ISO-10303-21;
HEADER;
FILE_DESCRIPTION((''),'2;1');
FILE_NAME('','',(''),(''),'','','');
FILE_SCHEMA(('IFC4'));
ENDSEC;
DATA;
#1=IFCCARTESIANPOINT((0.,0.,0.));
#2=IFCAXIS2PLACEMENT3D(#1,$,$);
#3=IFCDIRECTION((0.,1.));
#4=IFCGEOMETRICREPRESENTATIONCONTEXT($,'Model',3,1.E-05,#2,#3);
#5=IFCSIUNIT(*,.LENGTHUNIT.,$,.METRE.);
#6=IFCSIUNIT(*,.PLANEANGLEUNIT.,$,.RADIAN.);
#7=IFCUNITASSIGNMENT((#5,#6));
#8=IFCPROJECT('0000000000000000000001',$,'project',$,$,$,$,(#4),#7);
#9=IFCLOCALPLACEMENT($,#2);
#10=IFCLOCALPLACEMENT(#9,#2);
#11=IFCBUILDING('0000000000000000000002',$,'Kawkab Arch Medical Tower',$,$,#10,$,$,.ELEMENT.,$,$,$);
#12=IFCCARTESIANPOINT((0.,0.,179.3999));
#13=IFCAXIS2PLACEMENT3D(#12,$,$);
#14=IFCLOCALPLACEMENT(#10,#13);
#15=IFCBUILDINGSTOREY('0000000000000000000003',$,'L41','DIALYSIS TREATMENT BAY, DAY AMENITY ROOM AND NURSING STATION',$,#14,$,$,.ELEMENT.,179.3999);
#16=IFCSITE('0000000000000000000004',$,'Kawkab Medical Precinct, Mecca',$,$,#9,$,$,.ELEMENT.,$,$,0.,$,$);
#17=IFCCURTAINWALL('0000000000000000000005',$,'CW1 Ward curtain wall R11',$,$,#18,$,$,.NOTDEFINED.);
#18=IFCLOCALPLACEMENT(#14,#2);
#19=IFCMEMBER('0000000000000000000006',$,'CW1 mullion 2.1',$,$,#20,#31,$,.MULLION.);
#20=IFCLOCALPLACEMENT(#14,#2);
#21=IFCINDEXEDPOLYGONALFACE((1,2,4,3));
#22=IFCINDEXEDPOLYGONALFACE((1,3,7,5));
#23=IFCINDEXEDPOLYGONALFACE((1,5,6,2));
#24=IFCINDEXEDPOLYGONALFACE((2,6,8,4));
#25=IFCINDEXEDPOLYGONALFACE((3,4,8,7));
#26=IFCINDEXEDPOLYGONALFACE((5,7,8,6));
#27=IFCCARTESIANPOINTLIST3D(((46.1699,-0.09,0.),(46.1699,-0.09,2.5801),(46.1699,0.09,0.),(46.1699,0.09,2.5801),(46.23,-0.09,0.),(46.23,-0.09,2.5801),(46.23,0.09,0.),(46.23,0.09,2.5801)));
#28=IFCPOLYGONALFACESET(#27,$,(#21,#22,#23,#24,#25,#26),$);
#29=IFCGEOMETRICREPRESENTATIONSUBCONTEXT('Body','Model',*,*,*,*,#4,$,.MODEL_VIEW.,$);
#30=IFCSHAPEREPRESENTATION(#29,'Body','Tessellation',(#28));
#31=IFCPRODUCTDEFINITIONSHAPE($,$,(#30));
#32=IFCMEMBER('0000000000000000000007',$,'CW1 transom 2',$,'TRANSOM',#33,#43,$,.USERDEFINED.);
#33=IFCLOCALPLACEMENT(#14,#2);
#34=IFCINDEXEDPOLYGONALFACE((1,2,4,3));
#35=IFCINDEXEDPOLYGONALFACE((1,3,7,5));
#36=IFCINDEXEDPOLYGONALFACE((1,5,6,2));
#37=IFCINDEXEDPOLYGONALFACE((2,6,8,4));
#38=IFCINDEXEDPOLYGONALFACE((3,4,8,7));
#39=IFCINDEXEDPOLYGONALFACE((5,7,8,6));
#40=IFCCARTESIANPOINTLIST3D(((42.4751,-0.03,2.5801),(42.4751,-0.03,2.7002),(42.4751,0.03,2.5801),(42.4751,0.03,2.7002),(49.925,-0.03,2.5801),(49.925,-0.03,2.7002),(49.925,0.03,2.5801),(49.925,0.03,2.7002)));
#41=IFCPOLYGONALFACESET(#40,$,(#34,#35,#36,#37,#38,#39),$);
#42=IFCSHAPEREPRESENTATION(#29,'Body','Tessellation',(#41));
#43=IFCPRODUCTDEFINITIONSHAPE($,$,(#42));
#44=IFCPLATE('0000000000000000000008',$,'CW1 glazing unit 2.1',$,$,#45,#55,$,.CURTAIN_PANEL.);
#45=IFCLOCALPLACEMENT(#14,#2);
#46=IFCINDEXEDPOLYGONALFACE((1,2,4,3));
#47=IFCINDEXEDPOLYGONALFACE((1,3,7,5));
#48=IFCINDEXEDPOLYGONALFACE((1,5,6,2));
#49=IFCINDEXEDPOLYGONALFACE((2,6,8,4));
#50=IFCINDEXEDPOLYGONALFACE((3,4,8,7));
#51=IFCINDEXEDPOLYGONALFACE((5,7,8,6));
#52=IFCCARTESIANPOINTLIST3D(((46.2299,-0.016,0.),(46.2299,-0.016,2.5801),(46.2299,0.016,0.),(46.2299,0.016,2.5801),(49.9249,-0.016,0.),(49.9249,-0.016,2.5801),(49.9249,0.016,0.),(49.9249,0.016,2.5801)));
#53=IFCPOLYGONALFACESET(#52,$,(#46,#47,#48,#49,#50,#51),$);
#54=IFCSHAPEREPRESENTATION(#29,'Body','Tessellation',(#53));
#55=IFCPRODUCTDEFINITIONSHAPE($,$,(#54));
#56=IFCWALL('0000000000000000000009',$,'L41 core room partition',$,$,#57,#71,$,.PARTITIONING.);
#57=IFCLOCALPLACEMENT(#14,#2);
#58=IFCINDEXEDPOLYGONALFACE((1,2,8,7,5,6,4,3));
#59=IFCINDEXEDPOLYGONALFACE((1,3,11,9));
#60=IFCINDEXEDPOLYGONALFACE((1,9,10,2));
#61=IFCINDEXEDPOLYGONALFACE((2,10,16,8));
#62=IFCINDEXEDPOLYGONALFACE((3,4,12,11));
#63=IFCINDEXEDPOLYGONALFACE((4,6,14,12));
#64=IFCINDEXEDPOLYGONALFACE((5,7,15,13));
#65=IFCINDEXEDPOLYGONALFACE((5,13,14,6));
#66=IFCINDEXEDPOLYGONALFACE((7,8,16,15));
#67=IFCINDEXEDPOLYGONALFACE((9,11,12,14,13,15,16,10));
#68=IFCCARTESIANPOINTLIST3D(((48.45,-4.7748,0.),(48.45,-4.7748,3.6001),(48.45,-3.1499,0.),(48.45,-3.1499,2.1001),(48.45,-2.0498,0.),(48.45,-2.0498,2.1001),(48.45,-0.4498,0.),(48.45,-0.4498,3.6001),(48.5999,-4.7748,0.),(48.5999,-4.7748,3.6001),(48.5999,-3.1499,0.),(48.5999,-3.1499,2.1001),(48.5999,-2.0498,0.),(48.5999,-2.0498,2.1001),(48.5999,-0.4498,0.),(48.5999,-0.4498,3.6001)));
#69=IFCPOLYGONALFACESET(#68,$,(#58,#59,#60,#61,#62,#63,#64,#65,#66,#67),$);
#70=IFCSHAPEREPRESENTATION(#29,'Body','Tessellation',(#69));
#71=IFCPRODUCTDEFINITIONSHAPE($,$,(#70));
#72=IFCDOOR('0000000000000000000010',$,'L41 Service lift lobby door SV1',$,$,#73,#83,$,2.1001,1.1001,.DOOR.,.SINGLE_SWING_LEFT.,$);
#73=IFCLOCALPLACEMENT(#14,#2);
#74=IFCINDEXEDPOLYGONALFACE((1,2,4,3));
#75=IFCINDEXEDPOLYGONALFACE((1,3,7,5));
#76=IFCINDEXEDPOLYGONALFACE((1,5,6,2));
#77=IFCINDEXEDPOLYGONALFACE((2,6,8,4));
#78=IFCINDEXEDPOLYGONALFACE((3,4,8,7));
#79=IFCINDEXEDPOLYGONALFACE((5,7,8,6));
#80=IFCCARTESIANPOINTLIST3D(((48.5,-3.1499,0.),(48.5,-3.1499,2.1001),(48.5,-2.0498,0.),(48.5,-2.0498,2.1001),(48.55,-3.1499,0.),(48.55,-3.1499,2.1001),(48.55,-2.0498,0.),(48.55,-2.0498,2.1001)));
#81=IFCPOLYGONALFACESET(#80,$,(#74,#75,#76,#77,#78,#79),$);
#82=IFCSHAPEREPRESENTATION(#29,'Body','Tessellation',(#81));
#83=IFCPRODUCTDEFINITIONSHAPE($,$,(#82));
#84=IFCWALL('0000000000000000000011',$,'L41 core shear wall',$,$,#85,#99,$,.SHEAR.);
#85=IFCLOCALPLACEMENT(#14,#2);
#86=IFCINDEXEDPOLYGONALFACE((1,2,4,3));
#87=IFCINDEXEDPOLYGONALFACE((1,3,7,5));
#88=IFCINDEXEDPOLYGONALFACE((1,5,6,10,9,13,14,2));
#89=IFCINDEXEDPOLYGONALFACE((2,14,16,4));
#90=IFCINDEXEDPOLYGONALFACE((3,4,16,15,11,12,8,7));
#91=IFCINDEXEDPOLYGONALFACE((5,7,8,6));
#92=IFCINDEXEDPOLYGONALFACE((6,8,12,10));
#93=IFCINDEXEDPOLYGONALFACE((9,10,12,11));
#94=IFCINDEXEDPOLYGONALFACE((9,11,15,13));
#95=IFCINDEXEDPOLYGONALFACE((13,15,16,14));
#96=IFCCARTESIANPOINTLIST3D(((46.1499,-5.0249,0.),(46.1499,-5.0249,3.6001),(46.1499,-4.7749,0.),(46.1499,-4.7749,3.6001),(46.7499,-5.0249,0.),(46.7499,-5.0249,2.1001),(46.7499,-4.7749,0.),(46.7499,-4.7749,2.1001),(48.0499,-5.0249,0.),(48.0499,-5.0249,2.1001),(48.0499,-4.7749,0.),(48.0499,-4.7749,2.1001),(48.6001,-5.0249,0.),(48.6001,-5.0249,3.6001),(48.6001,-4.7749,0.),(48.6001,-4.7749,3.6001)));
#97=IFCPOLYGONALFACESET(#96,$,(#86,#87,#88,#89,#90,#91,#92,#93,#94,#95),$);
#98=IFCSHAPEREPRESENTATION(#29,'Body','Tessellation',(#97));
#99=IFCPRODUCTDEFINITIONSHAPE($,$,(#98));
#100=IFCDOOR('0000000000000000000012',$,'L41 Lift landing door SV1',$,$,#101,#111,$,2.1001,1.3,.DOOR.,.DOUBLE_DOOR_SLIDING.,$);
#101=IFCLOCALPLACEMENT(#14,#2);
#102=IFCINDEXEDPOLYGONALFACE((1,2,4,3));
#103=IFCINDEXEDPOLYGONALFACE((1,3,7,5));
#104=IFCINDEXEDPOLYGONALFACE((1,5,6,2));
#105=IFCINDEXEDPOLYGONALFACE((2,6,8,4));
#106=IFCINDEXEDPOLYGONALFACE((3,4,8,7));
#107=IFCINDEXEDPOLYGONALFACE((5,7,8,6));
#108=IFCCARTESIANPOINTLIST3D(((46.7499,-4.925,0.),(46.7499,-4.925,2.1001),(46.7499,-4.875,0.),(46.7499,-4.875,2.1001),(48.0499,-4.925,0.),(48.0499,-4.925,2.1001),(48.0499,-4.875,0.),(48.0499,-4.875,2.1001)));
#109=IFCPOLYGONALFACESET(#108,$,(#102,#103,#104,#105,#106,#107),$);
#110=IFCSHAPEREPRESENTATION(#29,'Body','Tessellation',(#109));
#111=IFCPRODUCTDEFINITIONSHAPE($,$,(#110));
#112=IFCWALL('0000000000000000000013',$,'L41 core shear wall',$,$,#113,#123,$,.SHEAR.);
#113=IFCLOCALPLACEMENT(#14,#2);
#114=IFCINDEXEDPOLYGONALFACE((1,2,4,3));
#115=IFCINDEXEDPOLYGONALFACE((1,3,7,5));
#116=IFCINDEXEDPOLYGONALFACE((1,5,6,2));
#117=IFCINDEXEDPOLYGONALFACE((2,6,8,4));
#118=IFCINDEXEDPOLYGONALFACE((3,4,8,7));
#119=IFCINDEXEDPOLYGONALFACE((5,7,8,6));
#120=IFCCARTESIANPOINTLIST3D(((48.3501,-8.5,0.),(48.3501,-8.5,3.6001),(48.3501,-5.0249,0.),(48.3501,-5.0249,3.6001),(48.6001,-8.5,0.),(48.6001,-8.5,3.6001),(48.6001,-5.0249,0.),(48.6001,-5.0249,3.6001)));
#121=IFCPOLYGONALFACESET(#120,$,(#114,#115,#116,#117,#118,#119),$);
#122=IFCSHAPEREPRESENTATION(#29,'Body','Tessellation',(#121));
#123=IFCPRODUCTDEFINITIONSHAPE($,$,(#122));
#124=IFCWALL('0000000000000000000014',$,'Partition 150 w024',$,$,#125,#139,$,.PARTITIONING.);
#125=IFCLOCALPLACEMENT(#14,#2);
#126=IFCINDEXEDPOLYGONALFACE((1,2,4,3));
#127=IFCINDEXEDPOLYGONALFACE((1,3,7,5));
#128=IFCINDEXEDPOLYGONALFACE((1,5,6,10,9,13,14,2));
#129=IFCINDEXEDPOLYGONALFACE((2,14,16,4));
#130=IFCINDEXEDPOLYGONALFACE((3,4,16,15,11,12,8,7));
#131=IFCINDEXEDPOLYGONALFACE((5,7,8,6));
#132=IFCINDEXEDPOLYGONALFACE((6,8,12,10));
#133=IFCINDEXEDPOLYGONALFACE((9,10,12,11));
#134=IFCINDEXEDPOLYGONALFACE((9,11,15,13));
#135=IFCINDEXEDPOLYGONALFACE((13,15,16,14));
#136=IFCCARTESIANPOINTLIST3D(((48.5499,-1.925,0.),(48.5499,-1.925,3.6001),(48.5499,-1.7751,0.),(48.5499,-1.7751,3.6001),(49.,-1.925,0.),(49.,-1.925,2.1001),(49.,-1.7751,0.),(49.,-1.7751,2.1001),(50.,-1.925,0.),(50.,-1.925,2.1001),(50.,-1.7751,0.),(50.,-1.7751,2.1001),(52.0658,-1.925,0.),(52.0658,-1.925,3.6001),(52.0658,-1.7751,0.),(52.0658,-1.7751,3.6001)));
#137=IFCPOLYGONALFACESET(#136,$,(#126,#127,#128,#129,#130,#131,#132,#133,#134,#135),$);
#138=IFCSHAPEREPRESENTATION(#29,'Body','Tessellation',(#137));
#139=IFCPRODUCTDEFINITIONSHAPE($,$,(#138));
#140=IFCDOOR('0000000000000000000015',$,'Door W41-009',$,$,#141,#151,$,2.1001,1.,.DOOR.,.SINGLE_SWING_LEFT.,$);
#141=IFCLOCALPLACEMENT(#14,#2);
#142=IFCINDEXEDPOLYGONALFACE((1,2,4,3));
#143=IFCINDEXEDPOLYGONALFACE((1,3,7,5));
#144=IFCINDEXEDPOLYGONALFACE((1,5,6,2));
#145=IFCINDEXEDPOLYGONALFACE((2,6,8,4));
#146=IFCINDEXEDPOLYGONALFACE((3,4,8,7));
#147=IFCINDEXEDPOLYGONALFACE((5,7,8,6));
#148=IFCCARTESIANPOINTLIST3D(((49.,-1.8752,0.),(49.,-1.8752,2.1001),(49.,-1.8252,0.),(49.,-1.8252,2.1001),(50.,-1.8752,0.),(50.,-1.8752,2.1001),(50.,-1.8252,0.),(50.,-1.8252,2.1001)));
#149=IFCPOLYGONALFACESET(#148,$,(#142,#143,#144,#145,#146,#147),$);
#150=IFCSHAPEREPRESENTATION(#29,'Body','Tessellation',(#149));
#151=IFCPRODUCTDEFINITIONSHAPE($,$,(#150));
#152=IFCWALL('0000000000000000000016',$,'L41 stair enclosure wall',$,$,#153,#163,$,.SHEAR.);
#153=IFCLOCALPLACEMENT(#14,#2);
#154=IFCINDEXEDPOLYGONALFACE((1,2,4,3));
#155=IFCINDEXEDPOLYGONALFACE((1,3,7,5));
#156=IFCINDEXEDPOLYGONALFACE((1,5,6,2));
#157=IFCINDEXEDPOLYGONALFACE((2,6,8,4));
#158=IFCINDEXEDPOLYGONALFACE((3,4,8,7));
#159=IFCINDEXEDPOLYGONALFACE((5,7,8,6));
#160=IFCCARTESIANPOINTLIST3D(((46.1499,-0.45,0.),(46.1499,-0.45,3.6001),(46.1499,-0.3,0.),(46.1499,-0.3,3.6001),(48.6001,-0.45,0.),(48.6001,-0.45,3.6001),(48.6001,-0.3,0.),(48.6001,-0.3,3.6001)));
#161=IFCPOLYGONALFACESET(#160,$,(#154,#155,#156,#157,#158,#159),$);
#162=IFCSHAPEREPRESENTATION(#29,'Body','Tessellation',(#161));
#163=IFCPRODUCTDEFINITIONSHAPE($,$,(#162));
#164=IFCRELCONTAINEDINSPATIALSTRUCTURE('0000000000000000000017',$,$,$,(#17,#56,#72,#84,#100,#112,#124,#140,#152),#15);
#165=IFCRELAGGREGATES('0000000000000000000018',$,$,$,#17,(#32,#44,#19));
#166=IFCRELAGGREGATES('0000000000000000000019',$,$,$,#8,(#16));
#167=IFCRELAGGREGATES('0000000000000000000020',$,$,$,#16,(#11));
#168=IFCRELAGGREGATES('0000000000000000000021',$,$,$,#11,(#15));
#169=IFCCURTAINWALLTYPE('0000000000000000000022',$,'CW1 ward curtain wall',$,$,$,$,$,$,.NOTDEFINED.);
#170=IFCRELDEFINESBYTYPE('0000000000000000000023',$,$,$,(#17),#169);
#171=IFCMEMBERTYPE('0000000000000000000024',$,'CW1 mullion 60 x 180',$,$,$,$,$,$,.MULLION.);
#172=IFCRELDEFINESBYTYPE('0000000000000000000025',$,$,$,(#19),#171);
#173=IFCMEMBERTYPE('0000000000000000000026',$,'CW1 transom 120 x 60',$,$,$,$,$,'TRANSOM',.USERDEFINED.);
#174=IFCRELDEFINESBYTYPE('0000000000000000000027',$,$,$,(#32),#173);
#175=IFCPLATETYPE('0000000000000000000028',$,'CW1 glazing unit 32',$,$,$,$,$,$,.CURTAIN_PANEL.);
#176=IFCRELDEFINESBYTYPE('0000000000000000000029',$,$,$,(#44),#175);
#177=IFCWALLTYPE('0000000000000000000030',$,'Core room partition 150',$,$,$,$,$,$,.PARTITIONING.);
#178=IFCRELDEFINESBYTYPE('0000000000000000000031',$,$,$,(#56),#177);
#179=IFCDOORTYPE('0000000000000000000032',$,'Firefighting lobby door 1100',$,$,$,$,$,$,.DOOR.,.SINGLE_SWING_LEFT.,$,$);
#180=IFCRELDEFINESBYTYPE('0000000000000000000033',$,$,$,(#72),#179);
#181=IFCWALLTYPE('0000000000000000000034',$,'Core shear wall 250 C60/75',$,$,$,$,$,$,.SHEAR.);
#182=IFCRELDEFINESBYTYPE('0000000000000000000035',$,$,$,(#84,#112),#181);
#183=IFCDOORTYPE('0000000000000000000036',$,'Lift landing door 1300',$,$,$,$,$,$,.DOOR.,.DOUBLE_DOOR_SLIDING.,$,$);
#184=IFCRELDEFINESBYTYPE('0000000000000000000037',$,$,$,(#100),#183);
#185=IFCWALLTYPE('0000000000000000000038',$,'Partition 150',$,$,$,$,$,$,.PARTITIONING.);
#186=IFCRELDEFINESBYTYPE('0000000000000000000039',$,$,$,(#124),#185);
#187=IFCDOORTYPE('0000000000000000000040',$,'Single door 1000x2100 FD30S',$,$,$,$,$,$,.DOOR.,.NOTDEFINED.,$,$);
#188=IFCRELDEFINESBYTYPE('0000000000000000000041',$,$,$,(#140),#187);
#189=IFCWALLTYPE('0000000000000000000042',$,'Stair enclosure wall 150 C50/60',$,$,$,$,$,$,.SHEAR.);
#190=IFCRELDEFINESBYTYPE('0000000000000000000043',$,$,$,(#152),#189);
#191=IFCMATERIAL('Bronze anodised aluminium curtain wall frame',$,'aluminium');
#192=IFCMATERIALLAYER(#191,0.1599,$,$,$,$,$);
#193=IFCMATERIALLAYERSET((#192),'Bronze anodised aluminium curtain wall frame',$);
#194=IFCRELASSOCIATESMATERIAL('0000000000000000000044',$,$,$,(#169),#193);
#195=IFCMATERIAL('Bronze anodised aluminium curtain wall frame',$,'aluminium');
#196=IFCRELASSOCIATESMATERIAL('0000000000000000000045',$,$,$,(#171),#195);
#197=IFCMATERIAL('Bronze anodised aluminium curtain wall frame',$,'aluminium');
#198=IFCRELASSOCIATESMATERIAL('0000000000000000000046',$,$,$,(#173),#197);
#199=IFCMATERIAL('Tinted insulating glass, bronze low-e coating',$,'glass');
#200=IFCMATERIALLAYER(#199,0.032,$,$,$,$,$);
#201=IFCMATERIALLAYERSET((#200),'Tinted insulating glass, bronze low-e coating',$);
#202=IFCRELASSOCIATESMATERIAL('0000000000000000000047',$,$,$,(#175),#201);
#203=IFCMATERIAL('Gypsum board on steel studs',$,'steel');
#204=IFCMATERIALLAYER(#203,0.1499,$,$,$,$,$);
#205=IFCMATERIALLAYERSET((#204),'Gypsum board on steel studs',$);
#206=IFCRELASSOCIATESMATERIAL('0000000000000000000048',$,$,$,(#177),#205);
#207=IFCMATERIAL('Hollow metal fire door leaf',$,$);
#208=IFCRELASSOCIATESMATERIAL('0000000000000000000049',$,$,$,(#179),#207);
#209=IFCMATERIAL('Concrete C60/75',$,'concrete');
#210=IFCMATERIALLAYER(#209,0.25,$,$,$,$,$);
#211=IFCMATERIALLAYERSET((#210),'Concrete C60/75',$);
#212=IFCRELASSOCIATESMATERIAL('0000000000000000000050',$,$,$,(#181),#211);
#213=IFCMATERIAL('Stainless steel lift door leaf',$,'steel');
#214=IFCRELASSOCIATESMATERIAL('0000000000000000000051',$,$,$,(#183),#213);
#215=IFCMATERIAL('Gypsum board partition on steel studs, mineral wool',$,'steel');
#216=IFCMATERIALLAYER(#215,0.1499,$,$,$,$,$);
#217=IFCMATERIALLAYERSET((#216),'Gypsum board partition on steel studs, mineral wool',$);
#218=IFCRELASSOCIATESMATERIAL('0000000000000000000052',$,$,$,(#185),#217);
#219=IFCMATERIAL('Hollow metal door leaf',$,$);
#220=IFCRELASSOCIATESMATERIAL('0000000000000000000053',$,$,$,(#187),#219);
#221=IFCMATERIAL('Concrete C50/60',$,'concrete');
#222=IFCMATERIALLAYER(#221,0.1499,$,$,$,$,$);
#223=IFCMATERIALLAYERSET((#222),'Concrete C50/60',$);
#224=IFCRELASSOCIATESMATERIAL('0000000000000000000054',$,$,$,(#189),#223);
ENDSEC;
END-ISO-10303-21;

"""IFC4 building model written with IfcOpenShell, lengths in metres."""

from ifc_helpers import new_model, si_unit, direction, frame, frame_2d, origin, origin_2d, place, context, subcontext, project, spatial, rectangle, extrude, material, layer, layer_set, material_profile, profile_set, type_object, element, fill, aggregate, save


model = new_model("IFC4")

# Units and contexts
model_context = context("Model", 3, precision=1e-05, world=origin(), true_north=direction((0.0, 1.0)))
body_context = subcontext(model_context, "Body", "Model", "MODEL_VIEW")
ifc_project = project(units=[si_unit("LENGTHUNIT", "METRE"), si_unit("PLANEANGLEUNIT", "RADIAN")], contexts=[model_context])

# Site, building, storey
site_placement = place(None, origin())
site = spatial("IfcSite", under=ifc_project, at=site_placement, Name="Kawkab Medical Precinct, Mecca", CompositionType="ELEMENT", RefElevation=0.0)
building_placement = place(site_placement, origin())
building = spatial("IfcBuilding", under=site, at=building_placement, Name="Kawkab Arch Medical Tower", CompositionType="ELEMENT")
storey_placement = place(building_placement, frame((0.0, 0.0, 179.3999)))
storey = spatial("IfcBuildingStorey", under=building, at=storey_placement, Name="L41", Description="DIALYSIS TREATMENT BAY, DAY AMENITY ROOM AND NURSING STATION", CompositionType="ELEMENT", Elevation=179.3999)

# Curtain wall, members, plate
ifc_material_1 = material(Name="Bronze anodised aluminium curtain wall frame", Category="aluminium")
ifc_layer_1 = layer(ifc_material_1, 0.1599)
ifc_layer_set_1 = layer_set([ifc_layer_1], Name="Bronze anodised aluminium curtain wall frame")
curtain_wall_type = type_object("IfcCurtainWallType", Name="CW1 ward curtain wall", PredefinedType="NOTDEFINED", material=ifc_layer_set_1)
curtain_wall_placement = place(storey_placement, origin())
curtain_wall = element("IfcCurtainWall", 1, at=curtain_wall_placement, inside=storey, type_object=curtain_wall_type, Name="CW1 Ward curtain wall R11", PredefinedType="NOTDEFINED")
ifc_material_2 = material(Name="Bronze anodised aluminium curtain wall frame", Category="aluminium")
ifc_material_profile_1 = material_profile(ifc_material_2, rectangle(XDim=0.1799, YDim=0.0601, at=origin_2d()), Name="AL 60x180")
ifc_profile_set_1 = profile_set([ifc_material_profile_1], Name="Bronze anodised aluminium curtain wall frame")
member_type_1 = type_object("IfcMemberType", Name="CW1 mullion 60 x 180", PredefinedType="MULLION", material=ifc_profile_set_1)
member_1_placement = place(storey_placement, frame((46.2, 0.0, 0.0), z_axis=(0.0, 0.0, 1.0), x_axis=(0.0, -1.0, 0.0)))
member_1 = element("IfcMember", 2, at=member_1_placement, type_object=member_type_1, Name="CW1 mullion 2.1", PredefinedType="MULLION", context=body_context, shape_type="SweptSolid", body=[
    extrude(rectangle(XDim=0.1799, YDim=0.0601, at=origin_2d()), origin(), (0.0, 0.0, 1.0), 2.5801),
])
ifc_material_3 = material(Name="Bronze anodised aluminium curtain wall frame", Category="aluminium")
ifc_material_profile_2 = material_profile(ifc_material_3, rectangle(XDim=0.0601, YDim=0.1201, at=origin_2d()), Name="AL 60x120")
ifc_profile_set_2 = profile_set([ifc_material_profile_2], Name="Bronze anodised aluminium curtain wall frame")
member_type_2 = type_object("IfcMemberType", Name="CW1 transom 120 x 60", ElementType="TRANSOM", PredefinedType="USERDEFINED", material=ifc_profile_set_2)
member_2_placement = place(storey_placement, frame((49.925, 0.0, 2.6401), z_axis=(-1.0, 0.0, 0.0), x_axis=(0.0, -1.0, 0.0)))
member_2 = element("IfcMember", 3, at=member_2_placement, type_object=member_type_2, Name="CW1 transom 2", ObjectType="TRANSOM", PredefinedType="USERDEFINED", context=body_context, shape_type="SweptSolid", body=[
    extrude(rectangle(XDim=0.0601, YDim=0.1201, at=origin_2d()), origin(), (0.0, 0.0, 1.0), 7.45),
])
ifc_material_4 = material(Name="Tinted insulating glass, bronze low-e coating", Category="glass")
ifc_layer_2 = layer(ifc_material_4, 0.032)
ifc_layer_set_2 = layer_set([ifc_layer_2], Name="Tinted insulating glass, bronze low-e coating")
plate_type = type_object("IfcPlateType", Name="CW1 glazing unit 32", PredefinedType="CURTAIN_PANEL", material=ifc_layer_set_2)
plate_placement = place(storey_placement, frame((48.0774, 0.0, 0.0), z_axis=(0.0, 0.0, 1.0), x_axis=(-1.0, 0.0, 0.0)))
plate = element("IfcPlate", 4, at=plate_placement, type_object=plate_type, Name="CW1 glazing unit 2.1", PredefinedType="CURTAIN_PANEL", context=body_context, shape_type="SweptSolid", body=[
    extrude(rectangle(XDim=3.6951, YDim=0.032, at=origin_2d()), origin(), (0.0, 0.0, 1.0), 2.5801),
])
aggregate(curtain_wall, [member_2, plate, member_1])

# Walls, openings, doors
ifc_material_5 = material(Name="Gypsum board on steel studs", Category="steel")
ifc_layer_3 = layer(ifc_material_5, 0.1499)
ifc_layer_set_3 = layer_set([ifc_layer_3], Name="Gypsum board on steel studs")
wall_type_1 = type_object("IfcWallType", Name="Core room partition 150", PredefinedType="PARTITIONING", material=ifc_layer_set_3)
wall_1_placement = place(storey_placement, frame((48.5249, -4.7749, 0.0), z_axis=(0.0, 0.0, 1.0), x_axis=(0.0, 1.0, 0.0)))
wall_1 = element("IfcWall", 5, at=wall_1_placement, inside=storey, type_object=wall_type_1, Name="L41 core room partition", PredefinedType="PARTITIONING", context=body_context, shape_type="SweptSolid", body=[
    extrude(rectangle(XDim=4.325, YDim=0.1499, at=frame_2d((2.1626, 0.0))), origin(), (0.0, 0.0, 1.0), 3.6001),
])
opening_1_placement = place(wall_1_placement, frame((1.625, 0.0, 0.0)))
opening_1 = element("IfcOpeningElement", 6, at=opening_1_placement, cuts=wall_1, PredefinedType="OPENING", context=body_context, shape_type="SweptSolid", body=[
    extrude(rectangle(XDim=1.1001, YDim=2.1001, at=frame_2d((0.55, 1.05))), frame((0.0, 0.085, 0.0), z_axis=(0.0, -1.0, 0.0), x_axis=(1.0, 0.0, 0.0)), (0.0, 0.0, 1.0), 0.1699),
])
ifc_material_6 = material(Name="Hollow metal fire door leaf")
door_type_1 = type_object("IfcDoorType", Name="Firefighting lobby door 1100", OperationType="SINGLE_SWING_LEFT", PredefinedType="DOOR", material=ifc_material_6)
door_1_placement = place(opening_1_placement, origin())
door_1 = element("IfcDoor", 7, at=door_1_placement, inside=storey, type_object=door_type_1, Name="L41 Service lift lobby door SV1", OperationType="SINGLE_SWING_LEFT", OverallHeight=2.1001, OverallWidth=1.1001, PredefinedType="DOOR", context=body_context, shape_type="SweptSolid", body=[
    extrude(rectangle(XDim=1.1001, YDim=2.1001, at=frame_2d((0.55, 1.05))), frame((0.0, 0.0249, 0.0), z_axis=(0.0, -1.0, 0.0), x_axis=(1.0, 0.0, 0.0)), (0.0, 0.0, 1.0), 0.05),
])
fill(opening_1, door_1)
ifc_material_7 = material(Name="Concrete C60/75", Category="concrete")
ifc_layer_4 = layer(ifc_material_7, 0.25)
ifc_layer_set_4 = layer_set([ifc_layer_4], Name="Concrete C60/75")
wall_type_2 = type_object("IfcWallType", Name="Core shear wall 250 C60/75", PredefinedType="SHEAR", material=ifc_layer_set_4)
wall_2_placement = place(storey_placement, frame((46.1499, -4.8999, 0.0), z_axis=(0.0, 0.0, 1.0), x_axis=(1.0, 0.0, 0.0)))
wall_2 = element("IfcWall", 8, at=wall_2_placement, inside=storey, type_object=wall_type_2, Name="L41 core shear wall", PredefinedType="SHEAR", context=body_context, shape_type="SweptSolid", body=[
    extrude(rectangle(XDim=2.4502, YDim=0.25, at=frame_2d((1.2251, 0.0))), origin(), (0.0, 0.0, 1.0), 3.6001),
])
opening_2_placement = place(wall_2_placement, frame((0.6001, 0.0, 0.0)))
opening_2 = element("IfcOpeningElement", 9, at=opening_2_placement, cuts=wall_2, PredefinedType="OPENING", context=body_context, shape_type="SweptSolid", body=[
    extrude(rectangle(XDim=1.3, YDim=2.1001, at=frame_2d((0.6499, 1.05))), frame((0.0, 0.135, 0.0), z_axis=(0.0, -1.0, 0.0), x_axis=(1.0, 0.0, 0.0)), (0.0, 0.0, 1.0), 0.27),
])
ifc_material_8 = material(Name="Stainless steel lift door leaf", Category="steel")
door_type_2 = type_object("IfcDoorType", Name="Lift landing door 1300", OperationType="DOUBLE_DOOR_SLIDING", PredefinedType="DOOR", material=ifc_material_8)
door_2_placement = place(opening_2_placement, origin())
door_2 = element("IfcDoor", 10, at=door_2_placement, inside=storey, type_object=door_type_2, Name="L41 Lift landing door SV1", OperationType="DOUBLE_DOOR_SLIDING", OverallHeight=2.1001, OverallWidth=1.3, PredefinedType="DOOR", context=body_context, shape_type="SweptSolid", body=[
    extrude(rectangle(XDim=1.3, YDim=2.1001, at=frame_2d((0.6499, 1.05))), frame((0.0, 0.0249, 0.0), z_axis=(0.0, -1.0, 0.0), x_axis=(1.0, 0.0, 0.0)), (0.0, 0.0, 1.0), 0.05),
])
fill(opening_2, door_2)

# Wall
wall_3_placement = place(storey_placement, frame((48.4751, -8.5, 0.0), z_axis=(0.0, 0.0, 1.0), x_axis=(0.0, 1.0, 0.0)))
element("IfcWall", 11, at=wall_3_placement, inside=storey, type_object=wall_type_2, Name="L41 core shear wall", PredefinedType="SHEAR", context=body_context, shape_type="SweptSolid", body=[
    extrude(rectangle(XDim=3.4751, YDim=0.25, at=frame_2d((1.7375, 0.0))), origin(), (0.0, 0.0, 1.0), 3.6001),
])

# Wall, opening, door
ifc_material_9 = material(Name="Gypsum board partition on steel studs, mineral wool", Category="steel")
ifc_layer_5 = layer(ifc_material_9, 0.1499)
ifc_layer_set_5 = layer_set([ifc_layer_5], Name="Gypsum board partition on steel studs, mineral wool")
wall_type_3 = type_object("IfcWallType", Name="Partition 150", PredefinedType="PARTITIONING", material=ifc_layer_set_5)
wall_4_placement = place(storey_placement, frame((48.55, -1.8501, 0.0), z_axis=(0.0, 0.0, 1.0), x_axis=(1.0, 0.0, 0.0)))
wall_4 = element("IfcWall", 12, at=wall_4_placement, inside=storey, type_object=wall_type_3, Name="Partition 150 w024", PredefinedType="PARTITIONING", context=body_context, shape_type="SweptSolid", body=[
    extrude(rectangle(XDim=3.5159, YDim=0.1499, at=frame_2d((1.7578, 0.0))), origin(), (0.0, 0.0, 1.0), 3.6001),
])
opening_3_placement = place(wall_4_placement, frame((0.45, 0.0, 0.0)))
opening_3 = element("IfcOpeningElement", 13, at=opening_3_placement, cuts=wall_4, PredefinedType="OPENING", context=body_context, shape_type="SweptSolid", body=[
    extrude(rectangle(XDim=1.0, YDim=2.1001, at=frame_2d((0.5, 1.05))), frame((0.0, 0.085, 0.0), z_axis=(0.0, -1.0, 0.0), x_axis=(1.0, 0.0, 0.0)), (0.0, 0.0, 1.0), 0.1699),
])
ifc_material_10 = material(Name="Hollow metal door leaf")
door_type_3 = type_object("IfcDoorType", Name="Single door 1000x2100 FD30S", OperationType="NOTDEFINED", PredefinedType="DOOR", material=ifc_material_10)
door_3_placement = place(opening_3_placement, origin())
door_3 = element("IfcDoor", 14, at=door_3_placement, inside=storey, type_object=door_type_3, Name="Door W41-009", OperationType="SINGLE_SWING_LEFT", OverallHeight=2.1001, OverallWidth=1.0, PredefinedType="DOOR", context=body_context, shape_type="SweptSolid", body=[
    extrude(rectangle(XDim=1.0, YDim=2.1001, at=frame_2d((0.5, 1.05))), frame((0.0, 0.0249, 0.0), z_axis=(0.0, -1.0, 0.0), x_axis=(1.0, 0.0, 0.0)), (0.0, 0.0, 1.0), 0.05),
])
fill(opening_3, door_3)

# Wall
ifc_material_11 = material(Name="Concrete C50/60", Category="concrete")
ifc_layer_6 = layer(ifc_material_11, 0.1499)
ifc_layer_set_6 = layer_set([ifc_layer_6], Name="Concrete C50/60")
wall_type_4 = type_object("IfcWallType", Name="Stair enclosure wall 150 C50/60", PredefinedType="SHEAR", material=ifc_layer_set_6)
for number, where, z_axis, x_axis, name in (
    (15, (46.1499, -0.375, 0.0), (0.0, 0.0, 1.0), (1.0, 0.0, 0.0), "L41 stair enclosure wall"),
):
    element("IfcWall", number, at=place(storey_placement, frame(where, z_axis=z_axis, x_axis=x_axis)), inside=storey, type_object=wall_type_4, Name=name, PredefinedType="SHEAR", context=body_context, shape_type="SweptSolid", body=[
        extrude(rectangle(XDim=2.4502, YDim=0.1499, at=frame_2d((1.2251, 0.0))), origin(), (0.0, 0.0, 1.0), 3.6001),
    ])

save(model, "model.ifc")
